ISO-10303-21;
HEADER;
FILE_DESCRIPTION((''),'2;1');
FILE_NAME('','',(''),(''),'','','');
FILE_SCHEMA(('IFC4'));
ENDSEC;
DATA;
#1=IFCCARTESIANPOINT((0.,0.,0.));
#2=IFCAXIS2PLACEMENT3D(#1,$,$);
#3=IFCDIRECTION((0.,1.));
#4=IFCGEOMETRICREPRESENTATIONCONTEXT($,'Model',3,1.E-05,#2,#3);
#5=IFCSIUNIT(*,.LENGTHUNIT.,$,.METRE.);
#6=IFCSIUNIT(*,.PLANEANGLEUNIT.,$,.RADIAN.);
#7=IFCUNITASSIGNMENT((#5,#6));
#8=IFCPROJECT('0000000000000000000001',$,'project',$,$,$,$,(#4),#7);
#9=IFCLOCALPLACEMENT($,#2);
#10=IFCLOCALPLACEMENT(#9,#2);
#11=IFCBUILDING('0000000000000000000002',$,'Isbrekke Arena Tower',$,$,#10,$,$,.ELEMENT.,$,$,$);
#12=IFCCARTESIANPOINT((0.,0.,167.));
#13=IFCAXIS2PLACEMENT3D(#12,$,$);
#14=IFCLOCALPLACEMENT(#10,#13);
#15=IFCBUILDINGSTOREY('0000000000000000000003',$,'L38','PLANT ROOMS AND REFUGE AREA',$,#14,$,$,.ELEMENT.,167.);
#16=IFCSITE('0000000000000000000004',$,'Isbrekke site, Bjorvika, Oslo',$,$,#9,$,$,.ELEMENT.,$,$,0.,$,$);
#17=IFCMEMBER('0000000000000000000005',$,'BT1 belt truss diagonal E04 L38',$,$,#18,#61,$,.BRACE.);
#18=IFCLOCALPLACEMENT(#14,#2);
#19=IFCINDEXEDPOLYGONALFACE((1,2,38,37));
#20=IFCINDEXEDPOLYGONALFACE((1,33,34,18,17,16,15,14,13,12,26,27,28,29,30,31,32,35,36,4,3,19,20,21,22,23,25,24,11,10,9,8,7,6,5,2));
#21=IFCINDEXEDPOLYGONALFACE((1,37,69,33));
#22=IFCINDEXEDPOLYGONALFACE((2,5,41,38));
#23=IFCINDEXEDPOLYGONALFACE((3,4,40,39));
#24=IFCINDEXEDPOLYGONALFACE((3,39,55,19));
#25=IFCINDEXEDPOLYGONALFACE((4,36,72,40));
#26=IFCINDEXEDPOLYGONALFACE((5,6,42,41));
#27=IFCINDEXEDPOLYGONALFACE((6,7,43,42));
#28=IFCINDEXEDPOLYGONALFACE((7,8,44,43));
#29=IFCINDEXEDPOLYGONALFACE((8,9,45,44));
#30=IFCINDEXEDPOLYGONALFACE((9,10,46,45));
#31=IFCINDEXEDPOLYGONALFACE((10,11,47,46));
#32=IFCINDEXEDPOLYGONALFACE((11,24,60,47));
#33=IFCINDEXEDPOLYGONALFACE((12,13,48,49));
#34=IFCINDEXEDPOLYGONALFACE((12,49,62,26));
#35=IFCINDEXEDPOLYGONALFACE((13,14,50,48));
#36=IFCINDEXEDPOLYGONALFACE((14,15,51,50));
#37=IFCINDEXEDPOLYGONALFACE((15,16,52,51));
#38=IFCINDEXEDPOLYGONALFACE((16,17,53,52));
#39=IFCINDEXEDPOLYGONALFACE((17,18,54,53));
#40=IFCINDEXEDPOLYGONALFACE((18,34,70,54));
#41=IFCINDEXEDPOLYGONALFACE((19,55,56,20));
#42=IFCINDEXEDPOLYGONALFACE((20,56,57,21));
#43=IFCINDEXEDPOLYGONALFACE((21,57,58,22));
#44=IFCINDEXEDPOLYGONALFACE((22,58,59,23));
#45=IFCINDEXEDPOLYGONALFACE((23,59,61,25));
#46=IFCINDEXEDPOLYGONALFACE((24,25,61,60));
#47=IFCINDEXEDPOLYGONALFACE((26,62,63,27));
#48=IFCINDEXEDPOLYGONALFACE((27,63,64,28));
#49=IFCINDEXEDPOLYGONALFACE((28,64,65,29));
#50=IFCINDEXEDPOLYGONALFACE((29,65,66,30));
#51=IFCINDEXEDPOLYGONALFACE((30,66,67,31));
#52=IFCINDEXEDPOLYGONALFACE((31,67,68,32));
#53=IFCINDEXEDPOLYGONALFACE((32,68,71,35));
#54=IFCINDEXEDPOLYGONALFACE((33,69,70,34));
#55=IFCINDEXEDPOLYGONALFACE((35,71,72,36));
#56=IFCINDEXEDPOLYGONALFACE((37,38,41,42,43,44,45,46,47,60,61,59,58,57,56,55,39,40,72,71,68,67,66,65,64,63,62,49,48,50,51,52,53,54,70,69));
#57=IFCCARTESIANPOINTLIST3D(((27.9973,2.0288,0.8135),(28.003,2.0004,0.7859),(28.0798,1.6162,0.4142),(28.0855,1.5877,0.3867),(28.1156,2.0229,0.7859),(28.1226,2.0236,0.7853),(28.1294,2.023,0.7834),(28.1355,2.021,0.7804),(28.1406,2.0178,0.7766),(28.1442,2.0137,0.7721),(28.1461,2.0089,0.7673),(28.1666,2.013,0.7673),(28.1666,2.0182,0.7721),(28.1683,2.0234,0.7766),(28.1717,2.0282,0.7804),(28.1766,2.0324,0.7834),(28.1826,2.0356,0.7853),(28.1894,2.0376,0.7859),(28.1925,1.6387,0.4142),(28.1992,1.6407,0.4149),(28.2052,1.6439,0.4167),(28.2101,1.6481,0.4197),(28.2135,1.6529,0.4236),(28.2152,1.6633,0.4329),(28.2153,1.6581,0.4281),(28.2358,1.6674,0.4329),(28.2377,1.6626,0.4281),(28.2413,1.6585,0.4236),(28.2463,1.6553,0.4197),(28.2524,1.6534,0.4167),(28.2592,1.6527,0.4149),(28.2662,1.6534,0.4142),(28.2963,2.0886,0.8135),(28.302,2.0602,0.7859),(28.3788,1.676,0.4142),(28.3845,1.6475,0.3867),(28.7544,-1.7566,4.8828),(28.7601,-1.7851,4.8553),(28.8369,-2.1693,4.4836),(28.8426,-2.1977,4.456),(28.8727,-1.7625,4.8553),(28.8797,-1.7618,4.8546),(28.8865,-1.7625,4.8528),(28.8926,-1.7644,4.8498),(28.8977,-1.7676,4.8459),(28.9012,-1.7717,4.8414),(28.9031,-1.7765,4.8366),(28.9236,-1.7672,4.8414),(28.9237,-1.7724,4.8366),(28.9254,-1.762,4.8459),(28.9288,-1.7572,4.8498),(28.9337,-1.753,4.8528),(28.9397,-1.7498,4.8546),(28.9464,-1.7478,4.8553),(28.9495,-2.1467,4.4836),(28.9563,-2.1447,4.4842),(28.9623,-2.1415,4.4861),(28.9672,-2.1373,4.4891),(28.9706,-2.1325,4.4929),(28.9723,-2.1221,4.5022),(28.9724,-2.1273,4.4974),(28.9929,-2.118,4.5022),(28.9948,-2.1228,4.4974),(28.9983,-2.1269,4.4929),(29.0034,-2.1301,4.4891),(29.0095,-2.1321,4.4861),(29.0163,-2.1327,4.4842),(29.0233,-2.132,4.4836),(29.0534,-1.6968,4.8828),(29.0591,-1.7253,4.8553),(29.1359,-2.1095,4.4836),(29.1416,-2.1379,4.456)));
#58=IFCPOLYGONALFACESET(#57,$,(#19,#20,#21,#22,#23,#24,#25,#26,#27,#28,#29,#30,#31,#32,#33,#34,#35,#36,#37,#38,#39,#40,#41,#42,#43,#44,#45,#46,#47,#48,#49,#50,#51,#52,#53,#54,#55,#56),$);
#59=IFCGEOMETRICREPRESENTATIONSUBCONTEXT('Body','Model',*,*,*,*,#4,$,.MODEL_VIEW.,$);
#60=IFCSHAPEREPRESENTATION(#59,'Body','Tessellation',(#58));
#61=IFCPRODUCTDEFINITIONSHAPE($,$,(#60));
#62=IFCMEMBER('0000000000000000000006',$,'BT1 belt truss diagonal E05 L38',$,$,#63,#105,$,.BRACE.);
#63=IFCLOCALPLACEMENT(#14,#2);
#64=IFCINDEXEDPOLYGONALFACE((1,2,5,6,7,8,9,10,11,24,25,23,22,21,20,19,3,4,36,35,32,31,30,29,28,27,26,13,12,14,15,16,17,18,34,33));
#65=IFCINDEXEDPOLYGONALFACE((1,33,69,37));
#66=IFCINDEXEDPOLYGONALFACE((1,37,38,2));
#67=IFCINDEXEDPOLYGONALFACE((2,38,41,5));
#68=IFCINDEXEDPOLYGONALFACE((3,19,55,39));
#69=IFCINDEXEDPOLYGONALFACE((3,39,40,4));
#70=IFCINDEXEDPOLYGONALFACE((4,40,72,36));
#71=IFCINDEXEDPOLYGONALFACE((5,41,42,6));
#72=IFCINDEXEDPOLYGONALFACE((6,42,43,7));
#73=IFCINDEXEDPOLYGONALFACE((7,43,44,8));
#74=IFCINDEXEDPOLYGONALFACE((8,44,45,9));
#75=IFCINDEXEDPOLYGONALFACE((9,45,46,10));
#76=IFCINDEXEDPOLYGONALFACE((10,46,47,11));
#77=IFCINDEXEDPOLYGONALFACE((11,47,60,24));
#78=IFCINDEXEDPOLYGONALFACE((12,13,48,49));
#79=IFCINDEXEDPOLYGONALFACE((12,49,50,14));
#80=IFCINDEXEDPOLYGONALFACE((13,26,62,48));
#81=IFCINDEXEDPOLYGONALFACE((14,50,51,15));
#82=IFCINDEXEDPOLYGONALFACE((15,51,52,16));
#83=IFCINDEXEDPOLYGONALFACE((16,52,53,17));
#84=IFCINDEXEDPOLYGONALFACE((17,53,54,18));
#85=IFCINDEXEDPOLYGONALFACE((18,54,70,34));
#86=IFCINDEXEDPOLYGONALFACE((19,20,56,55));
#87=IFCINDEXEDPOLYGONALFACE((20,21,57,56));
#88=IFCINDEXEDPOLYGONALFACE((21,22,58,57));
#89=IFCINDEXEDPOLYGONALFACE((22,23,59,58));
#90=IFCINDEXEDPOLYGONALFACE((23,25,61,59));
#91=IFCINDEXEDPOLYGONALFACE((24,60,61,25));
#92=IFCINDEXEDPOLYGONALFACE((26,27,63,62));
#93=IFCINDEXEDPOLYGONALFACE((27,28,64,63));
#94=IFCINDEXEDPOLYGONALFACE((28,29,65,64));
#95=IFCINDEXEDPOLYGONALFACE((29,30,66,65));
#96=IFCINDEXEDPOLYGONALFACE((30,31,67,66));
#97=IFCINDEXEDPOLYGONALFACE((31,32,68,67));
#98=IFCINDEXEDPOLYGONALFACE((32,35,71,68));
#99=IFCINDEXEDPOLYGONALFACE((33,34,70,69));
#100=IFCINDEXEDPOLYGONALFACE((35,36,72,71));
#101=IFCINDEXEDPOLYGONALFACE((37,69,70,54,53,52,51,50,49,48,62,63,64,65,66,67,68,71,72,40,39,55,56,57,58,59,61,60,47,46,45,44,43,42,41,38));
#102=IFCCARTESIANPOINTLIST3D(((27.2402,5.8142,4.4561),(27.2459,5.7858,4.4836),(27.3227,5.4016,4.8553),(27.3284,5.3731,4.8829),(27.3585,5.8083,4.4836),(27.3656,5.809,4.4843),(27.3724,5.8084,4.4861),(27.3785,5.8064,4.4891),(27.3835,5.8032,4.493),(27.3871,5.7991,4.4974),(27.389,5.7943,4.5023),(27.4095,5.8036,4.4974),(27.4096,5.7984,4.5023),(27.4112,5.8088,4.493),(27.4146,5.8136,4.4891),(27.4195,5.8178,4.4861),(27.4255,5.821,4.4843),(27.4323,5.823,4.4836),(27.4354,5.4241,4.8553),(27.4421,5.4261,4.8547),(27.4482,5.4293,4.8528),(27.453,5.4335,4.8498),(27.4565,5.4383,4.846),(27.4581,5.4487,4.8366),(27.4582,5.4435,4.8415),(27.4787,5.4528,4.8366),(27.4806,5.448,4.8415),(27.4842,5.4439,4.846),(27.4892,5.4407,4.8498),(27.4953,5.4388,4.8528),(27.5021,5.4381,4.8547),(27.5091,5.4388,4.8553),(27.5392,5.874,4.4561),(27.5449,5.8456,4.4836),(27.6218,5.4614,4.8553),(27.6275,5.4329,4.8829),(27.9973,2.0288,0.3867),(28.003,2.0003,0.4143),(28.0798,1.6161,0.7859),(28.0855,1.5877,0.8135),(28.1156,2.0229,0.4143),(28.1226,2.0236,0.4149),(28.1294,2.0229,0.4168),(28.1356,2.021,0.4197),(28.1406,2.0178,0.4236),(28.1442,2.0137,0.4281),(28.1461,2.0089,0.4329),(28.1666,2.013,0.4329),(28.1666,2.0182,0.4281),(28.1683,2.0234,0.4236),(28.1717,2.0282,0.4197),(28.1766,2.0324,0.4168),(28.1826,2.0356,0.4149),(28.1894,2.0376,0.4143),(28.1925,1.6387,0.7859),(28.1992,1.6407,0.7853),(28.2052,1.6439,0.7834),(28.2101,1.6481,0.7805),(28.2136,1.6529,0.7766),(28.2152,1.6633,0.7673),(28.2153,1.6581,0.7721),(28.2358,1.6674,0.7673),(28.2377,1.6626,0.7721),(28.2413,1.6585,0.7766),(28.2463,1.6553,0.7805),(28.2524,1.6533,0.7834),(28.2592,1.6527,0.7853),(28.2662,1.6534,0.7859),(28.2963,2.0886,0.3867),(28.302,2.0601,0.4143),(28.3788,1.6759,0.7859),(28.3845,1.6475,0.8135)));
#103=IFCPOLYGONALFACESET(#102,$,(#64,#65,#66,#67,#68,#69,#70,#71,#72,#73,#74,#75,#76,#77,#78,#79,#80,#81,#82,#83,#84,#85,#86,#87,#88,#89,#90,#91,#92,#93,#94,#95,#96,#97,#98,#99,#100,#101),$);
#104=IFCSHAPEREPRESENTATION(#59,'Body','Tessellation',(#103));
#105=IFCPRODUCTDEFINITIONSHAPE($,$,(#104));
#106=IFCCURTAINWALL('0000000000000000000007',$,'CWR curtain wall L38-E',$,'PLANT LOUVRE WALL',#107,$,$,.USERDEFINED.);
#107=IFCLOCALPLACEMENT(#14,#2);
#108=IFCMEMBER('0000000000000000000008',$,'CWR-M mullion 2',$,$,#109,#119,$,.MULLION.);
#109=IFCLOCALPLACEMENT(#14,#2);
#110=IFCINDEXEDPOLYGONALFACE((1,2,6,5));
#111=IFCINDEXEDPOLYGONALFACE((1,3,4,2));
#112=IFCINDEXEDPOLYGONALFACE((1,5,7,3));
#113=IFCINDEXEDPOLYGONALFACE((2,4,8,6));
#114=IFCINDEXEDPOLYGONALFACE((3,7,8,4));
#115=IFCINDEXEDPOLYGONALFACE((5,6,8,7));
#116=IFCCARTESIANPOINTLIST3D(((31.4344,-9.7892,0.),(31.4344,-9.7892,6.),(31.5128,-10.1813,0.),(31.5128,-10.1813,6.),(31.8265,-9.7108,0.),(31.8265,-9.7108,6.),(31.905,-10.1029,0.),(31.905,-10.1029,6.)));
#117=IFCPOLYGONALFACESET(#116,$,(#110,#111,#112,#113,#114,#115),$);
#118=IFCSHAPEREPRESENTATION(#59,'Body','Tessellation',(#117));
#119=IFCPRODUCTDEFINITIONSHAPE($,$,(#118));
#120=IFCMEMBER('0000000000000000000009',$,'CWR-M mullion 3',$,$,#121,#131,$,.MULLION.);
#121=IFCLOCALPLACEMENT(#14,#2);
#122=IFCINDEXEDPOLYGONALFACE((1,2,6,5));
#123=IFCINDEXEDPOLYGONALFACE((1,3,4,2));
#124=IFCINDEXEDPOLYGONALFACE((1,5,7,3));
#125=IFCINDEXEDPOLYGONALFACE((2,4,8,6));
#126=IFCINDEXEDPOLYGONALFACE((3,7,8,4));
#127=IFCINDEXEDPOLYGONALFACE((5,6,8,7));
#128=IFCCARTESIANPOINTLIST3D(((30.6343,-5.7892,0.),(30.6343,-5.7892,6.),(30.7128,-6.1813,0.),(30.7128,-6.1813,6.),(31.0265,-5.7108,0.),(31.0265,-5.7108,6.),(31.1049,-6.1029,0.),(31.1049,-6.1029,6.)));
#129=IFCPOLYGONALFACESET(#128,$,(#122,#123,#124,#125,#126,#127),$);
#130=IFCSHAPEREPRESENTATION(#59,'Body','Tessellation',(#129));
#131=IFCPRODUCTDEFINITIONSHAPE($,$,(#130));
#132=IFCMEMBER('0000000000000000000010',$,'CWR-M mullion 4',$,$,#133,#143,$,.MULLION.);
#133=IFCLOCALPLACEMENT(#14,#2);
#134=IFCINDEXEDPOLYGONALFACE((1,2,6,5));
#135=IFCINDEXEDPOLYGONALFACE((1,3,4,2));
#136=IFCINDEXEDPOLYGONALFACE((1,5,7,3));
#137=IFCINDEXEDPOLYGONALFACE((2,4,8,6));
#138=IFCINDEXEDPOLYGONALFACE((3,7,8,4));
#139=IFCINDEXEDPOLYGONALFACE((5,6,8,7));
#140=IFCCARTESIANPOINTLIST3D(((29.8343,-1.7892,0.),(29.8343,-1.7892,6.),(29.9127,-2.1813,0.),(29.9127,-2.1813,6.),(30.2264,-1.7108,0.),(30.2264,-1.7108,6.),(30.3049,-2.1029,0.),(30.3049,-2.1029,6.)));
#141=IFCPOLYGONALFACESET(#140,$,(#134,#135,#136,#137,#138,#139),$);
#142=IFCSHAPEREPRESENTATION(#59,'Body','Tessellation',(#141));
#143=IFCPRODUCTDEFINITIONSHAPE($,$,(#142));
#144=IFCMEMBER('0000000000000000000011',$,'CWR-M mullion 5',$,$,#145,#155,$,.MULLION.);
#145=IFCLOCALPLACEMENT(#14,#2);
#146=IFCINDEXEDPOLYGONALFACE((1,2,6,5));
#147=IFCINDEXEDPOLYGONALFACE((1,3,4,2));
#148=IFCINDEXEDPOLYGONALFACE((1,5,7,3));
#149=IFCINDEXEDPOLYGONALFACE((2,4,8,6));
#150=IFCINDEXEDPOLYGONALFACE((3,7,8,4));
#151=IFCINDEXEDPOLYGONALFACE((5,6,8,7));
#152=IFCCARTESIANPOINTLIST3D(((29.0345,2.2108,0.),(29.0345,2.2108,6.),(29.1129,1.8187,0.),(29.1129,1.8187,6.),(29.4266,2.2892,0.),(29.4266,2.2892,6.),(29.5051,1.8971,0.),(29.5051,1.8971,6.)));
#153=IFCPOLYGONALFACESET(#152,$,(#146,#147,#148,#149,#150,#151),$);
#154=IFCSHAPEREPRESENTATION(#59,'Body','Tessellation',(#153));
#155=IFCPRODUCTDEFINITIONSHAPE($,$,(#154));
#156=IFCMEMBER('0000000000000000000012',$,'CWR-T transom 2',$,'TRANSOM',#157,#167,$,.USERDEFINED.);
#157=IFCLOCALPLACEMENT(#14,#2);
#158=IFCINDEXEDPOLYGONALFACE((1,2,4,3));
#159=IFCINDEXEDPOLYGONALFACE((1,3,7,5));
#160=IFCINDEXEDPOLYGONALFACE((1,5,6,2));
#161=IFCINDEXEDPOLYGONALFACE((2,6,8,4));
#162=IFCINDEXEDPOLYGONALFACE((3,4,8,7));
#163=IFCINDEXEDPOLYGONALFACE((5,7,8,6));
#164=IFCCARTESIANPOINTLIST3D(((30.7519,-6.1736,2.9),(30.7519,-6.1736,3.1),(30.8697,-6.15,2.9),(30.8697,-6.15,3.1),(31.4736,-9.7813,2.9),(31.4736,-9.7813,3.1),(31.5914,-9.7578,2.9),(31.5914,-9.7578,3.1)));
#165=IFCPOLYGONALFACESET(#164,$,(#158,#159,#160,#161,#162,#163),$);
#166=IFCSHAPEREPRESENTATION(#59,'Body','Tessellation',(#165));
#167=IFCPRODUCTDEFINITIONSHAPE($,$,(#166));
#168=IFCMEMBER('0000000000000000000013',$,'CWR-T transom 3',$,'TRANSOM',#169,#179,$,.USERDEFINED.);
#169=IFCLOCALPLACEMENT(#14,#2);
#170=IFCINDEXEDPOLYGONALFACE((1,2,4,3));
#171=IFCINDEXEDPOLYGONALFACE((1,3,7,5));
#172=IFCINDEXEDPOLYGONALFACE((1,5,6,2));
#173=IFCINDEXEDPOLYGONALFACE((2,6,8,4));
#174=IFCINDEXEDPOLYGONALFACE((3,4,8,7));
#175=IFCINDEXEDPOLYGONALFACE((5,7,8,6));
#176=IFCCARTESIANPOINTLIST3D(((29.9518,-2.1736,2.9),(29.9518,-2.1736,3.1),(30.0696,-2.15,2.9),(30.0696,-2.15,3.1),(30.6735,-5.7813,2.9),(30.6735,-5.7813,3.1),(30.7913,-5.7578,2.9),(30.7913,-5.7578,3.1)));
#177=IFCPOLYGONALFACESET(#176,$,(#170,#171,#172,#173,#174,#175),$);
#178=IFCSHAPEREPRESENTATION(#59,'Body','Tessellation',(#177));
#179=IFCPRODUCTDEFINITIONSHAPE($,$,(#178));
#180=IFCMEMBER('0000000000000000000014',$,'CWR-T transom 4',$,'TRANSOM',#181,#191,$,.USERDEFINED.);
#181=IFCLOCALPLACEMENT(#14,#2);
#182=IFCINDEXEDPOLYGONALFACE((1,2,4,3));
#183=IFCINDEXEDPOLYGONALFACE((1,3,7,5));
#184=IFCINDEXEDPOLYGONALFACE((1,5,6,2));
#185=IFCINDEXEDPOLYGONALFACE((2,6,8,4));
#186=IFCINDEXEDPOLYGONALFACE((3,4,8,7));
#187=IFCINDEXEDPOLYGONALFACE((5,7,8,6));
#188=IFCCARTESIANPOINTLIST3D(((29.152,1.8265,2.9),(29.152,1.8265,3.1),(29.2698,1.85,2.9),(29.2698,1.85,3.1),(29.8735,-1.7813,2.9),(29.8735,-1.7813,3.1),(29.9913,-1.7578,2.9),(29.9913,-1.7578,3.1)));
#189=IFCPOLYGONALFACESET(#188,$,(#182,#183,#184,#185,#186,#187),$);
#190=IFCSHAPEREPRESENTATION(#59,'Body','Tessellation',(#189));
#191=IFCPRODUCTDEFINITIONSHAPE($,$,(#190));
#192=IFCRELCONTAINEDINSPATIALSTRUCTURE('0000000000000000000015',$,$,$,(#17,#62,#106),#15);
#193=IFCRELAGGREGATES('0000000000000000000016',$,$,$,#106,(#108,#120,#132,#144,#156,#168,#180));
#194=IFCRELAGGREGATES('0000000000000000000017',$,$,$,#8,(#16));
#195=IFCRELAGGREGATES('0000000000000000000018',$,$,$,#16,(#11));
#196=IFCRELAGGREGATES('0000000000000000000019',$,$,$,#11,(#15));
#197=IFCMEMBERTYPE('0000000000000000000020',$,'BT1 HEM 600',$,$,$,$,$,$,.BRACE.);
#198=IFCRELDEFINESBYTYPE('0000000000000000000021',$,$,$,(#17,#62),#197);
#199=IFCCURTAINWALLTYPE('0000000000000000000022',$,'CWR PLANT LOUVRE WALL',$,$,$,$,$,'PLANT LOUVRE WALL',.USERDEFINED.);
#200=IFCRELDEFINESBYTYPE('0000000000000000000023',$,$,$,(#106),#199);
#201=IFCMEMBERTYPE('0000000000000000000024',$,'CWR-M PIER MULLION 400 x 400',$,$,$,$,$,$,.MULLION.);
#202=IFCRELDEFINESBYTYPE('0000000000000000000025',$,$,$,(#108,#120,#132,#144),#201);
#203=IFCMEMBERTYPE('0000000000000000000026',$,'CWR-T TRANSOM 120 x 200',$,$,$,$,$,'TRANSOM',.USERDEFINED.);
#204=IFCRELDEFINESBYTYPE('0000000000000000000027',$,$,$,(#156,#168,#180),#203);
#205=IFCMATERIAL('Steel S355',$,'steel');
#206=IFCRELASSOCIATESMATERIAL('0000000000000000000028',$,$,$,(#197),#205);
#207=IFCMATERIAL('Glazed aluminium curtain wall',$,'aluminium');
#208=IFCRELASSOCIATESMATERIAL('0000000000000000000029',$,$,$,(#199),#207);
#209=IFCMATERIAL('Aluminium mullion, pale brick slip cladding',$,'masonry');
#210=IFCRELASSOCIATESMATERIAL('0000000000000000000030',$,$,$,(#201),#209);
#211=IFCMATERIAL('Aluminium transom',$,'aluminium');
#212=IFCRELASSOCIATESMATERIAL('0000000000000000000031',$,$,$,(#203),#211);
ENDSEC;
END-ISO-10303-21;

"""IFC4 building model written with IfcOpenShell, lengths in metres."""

from ifc_helpers import new_model, si_unit, direction, frame, origin, origin_2d, place, context, subcontext, project, spatial, rectangle, i_section, extrude, material, material_profile, profile_set, type_object, element, aggregate, save


model = new_model("IFC4")

# Units and contexts
model_context = context("Model", 3, precision=1e-05, world=origin(), true_north=direction((0.0, 1.0)))
body_context = subcontext(model_context, "Body", "Model", "MODEL_VIEW")
ifc_project = project(units=[si_unit("LENGTHUNIT", "METRE"), si_unit("PLANEANGLEUNIT", "RADIAN")], contexts=[model_context])

# Site, building, storey
site_placement = place(None, origin())
site = spatial("IfcSite", under=ifc_project, at=site_placement, Name="Isbrekke site, Bjorvika, Oslo", CompositionType="ELEMENT", RefElevation=0.0)
building_placement = place(site_placement, origin())
building = spatial("IfcBuilding", under=site, at=building_placement, Name="Isbrekke Arena Tower", CompositionType="ELEMENT")
storey_placement = place(building_placement, frame((0.0, 0.0, 167.0)))
storey = spatial("IfcBuildingStorey", under=building, at=storey_placement, Name="L38", Description="PLANT ROOMS AND REFUGE AREA", CompositionType="ELEMENT", Elevation=167.0)

# Members
ifc_material_1 = material(Name="Steel S355", Category="steel")
ifc_material_profile_1 = material_profile(ifc_material_1, i_section(OverallWidth=0.3049, OverallDepth=0.6201, WebThickness=0.021, FlangeThickness=0.04, FilletRadius=0.0271, at=origin_2d()), Name="HEM 600")
ifc_profile_set_1 = profile_set([ifc_material_profile_1], Name="Steel S355")
member_type_1 = type_object("IfcMemberType", Name="BT1 HEM 600", PredefinedType="BRACE", material=ifc_profile_set_1)
for number, where, z_axis, x_axis, name in (
    (1, (28.948, -1.9473, 4.6694), (-0.134974, 0.674869, -0.725489), (-0.980581, -0.196116, 0.0), "BT1 belt truss diagonal E04 L38"),
    (2, (28.1909, 1.8381, 0.6001), (-0.134974, 0.674869, 0.725489), (-0.980581, -0.196116, 0.0), "BT1 belt truss diagonal E05 L38"),
):
    element("IfcMember", number, at=place(storey_placement, frame(where, z_axis=z_axis, x_axis=x_axis)), inside=storey, type_object=member_type_1, Name=name, PredefinedType="BRACE", context=body_context, shape_type="SweptSolid", body=[
        extrude(i_section(OverallWidth=0.3049, OverallDepth=0.6201, WebThickness=0.021, FlangeThickness=0.04, FilletRadius=0.0271, at=origin_2d()), origin(), (0.0, 0.0, 1.0), 5.6091),
    ])

# Curtain wall, members
ifc_material_2 = material(Name="Glazed aluminium curtain wall", Category="aluminium")
curtain_wall_type = type_object("IfcCurtainWallType", Name="CWR PLANT LOUVRE WALL", ElementType="PLANT LOUVRE WALL", PredefinedType="USERDEFINED", material=ifc_material_2)
curtain_wall_placement = place(storey_placement, origin())
curtain_wall = element("IfcCurtainWall", 3, at=curtain_wall_placement, inside=storey, type_object=curtain_wall_type, Name="CWR curtain wall L38-E", ObjectType="PLANT LOUVRE WALL", PredefinedType="USERDEFINED")
ifc_material_3 = material(Name="Aluminium mullion, pale brick slip cladding", Category="masonry")
ifc_material_profile_2 = material_profile(ifc_material_3, rectangle(XDim=0.3999, YDim=0.3999, at=origin_2d()), Name="PIER 400X400")
ifc_profile_set_2 = profile_set([ifc_material_profile_2], Name="Aluminium mullion, pale brick slip cladding")
member_type_2 = type_object("IfcMemberType", Name="CWR-M PIER MULLION 400 x 400", PredefinedType="MULLION", material=ifc_profile_set_2)
member_1_placement = place(storey_placement, frame((31.6697, -9.946, 0.0), z_axis=(0.0, 0.0, 1.0), x_axis=(-0.196116, 0.980581, 0.0)))
member_1 = element("IfcMember", 4, at=member_1_placement, type_object=member_type_2, Name="CWR-M mullion 2", PredefinedType="MULLION", context=body_context, shape_type="SweptSolid", body=[
    extrude(rectangle(XDim=0.3999, YDim=0.3999, at=origin_2d()), origin(), (0.0, 0.0, 1.0), 6.0),
])
member_2_placement = place(storey_placement, frame((30.8696, -5.946, 0.0), z_axis=(0.0, 0.0, 1.0), x_axis=(-0.196116, 0.980581, 0.0)))
member_2 = element("IfcMember", 5, at=member_2_placement, type_object=member_type_2, Name="CWR-M mullion 3", PredefinedType="MULLION", context=body_context, shape_type="SweptSolid", body=[
    extrude(rectangle(XDim=0.3999, YDim=0.3999, at=origin_2d()), origin(), (0.0, 0.0, 1.0), 6.0),
])
member_3_placement = place(storey_placement, frame((30.0696, -1.946, 0.0), z_axis=(0.0, 0.0, 1.0), x_axis=(-0.196116, 0.980581, 0.0)))
member_3 = element("IfcMember", 6, at=member_3_placement, type_object=member_type_2, Name="CWR-M mullion 4", PredefinedType="MULLION", context=body_context, shape_type="SweptSolid", body=[
    extrude(rectangle(XDim=0.3999, YDim=0.3999, at=origin_2d()), origin(), (0.0, 0.0, 1.0), 6.0),
])
member_4_placement = place(storey_placement, frame((29.2698, 2.054, 0.0), z_axis=(0.0, 0.0, 1.0), x_axis=(-0.196116, 0.980581, 0.0)))
member_4 = element("IfcMember", 7, at=member_4_placement, type_object=member_type_2, Name="CWR-M mullion 5", PredefinedType="MULLION", context=body_context, shape_type="SweptSolid", body=[
    extrude(rectangle(XDim=0.3999, YDim=0.3999, at=origin_2d()), origin(), (0.0, 0.0, 1.0), 6.0),
])
ifc_material_4 = material(Name="Aluminium transom", Category="aluminium")
ifc_material_profile_3 = material_profile(ifc_material_4, rectangle(XDim=0.1201, YDim=0.2, at=origin_2d()), Name="TRANSOM 120X200")
ifc_profile_set_3 = profile_set([ifc_material_profile_3], Name="Aluminium transom")
member_type_3 = type_object("IfcMemberType", Name="CWR-T TRANSOM 120 x 200", ElementType="TRANSOM", PredefinedType="USERDEFINED", material=ifc_profile_set_3)
member_5_placement = place(storey_placement, frame((31.5325, -9.7695, 3.0), z_axis=(-0.196154, 0.980573, 0.0), x_axis=(-0.980573, -0.196154, 0.0)))
member_5 = element("IfcMember", 8, at=member_5_placement, type_object=member_type_3, Name="CWR-T transom 2", ObjectType="TRANSOM", PredefinedType="USERDEFINED", context=body_context, shape_type="SweptSolid", body=[
    extrude(rectangle(XDim=0.1201, YDim=0.2, at=origin_2d()), origin(), (0.0, 0.0, 1.0), 3.6792),
])
member_6_placement = place(storey_placement, frame((30.7324, -5.7695, 3.0), z_axis=(-0.196154, 0.980573, 0.0), x_axis=(-0.980573, -0.196154, 0.0)))
member_6 = element("IfcMember", 9, at=member_6_placement, type_object=member_type_3, Name="CWR-T transom 3", ObjectType="TRANSOM", PredefinedType="USERDEFINED", context=body_context, shape_type="SweptSolid", body=[
    extrude(rectangle(XDim=0.1201, YDim=0.2, at=origin_2d()), origin(), (0.0, 0.0, 1.0), 3.6792),
])
member_7_placement = place(storey_placement, frame((29.9324, -1.7695, 3.0), z_axis=(-0.196091, 0.980586, 0.0), x_axis=(-0.980586, -0.196091, 0.0)))
member_7 = element("IfcMember", 10, at=member_7_placement, type_object=member_type_3, Name="CWR-T transom 4", ObjectType="TRANSOM", PredefinedType="USERDEFINED", context=body_context, shape_type="SweptSolid", body=[
    extrude(rectangle(XDim=0.1201, YDim=0.2, at=origin_2d()), origin(), (0.0, 0.0, 1.0), 3.6792),
])

aggregate(curtain_wall, [member_1, member_2, member_3, member_4, member_5, member_6, member_7])

save(model, "model.ifc")
